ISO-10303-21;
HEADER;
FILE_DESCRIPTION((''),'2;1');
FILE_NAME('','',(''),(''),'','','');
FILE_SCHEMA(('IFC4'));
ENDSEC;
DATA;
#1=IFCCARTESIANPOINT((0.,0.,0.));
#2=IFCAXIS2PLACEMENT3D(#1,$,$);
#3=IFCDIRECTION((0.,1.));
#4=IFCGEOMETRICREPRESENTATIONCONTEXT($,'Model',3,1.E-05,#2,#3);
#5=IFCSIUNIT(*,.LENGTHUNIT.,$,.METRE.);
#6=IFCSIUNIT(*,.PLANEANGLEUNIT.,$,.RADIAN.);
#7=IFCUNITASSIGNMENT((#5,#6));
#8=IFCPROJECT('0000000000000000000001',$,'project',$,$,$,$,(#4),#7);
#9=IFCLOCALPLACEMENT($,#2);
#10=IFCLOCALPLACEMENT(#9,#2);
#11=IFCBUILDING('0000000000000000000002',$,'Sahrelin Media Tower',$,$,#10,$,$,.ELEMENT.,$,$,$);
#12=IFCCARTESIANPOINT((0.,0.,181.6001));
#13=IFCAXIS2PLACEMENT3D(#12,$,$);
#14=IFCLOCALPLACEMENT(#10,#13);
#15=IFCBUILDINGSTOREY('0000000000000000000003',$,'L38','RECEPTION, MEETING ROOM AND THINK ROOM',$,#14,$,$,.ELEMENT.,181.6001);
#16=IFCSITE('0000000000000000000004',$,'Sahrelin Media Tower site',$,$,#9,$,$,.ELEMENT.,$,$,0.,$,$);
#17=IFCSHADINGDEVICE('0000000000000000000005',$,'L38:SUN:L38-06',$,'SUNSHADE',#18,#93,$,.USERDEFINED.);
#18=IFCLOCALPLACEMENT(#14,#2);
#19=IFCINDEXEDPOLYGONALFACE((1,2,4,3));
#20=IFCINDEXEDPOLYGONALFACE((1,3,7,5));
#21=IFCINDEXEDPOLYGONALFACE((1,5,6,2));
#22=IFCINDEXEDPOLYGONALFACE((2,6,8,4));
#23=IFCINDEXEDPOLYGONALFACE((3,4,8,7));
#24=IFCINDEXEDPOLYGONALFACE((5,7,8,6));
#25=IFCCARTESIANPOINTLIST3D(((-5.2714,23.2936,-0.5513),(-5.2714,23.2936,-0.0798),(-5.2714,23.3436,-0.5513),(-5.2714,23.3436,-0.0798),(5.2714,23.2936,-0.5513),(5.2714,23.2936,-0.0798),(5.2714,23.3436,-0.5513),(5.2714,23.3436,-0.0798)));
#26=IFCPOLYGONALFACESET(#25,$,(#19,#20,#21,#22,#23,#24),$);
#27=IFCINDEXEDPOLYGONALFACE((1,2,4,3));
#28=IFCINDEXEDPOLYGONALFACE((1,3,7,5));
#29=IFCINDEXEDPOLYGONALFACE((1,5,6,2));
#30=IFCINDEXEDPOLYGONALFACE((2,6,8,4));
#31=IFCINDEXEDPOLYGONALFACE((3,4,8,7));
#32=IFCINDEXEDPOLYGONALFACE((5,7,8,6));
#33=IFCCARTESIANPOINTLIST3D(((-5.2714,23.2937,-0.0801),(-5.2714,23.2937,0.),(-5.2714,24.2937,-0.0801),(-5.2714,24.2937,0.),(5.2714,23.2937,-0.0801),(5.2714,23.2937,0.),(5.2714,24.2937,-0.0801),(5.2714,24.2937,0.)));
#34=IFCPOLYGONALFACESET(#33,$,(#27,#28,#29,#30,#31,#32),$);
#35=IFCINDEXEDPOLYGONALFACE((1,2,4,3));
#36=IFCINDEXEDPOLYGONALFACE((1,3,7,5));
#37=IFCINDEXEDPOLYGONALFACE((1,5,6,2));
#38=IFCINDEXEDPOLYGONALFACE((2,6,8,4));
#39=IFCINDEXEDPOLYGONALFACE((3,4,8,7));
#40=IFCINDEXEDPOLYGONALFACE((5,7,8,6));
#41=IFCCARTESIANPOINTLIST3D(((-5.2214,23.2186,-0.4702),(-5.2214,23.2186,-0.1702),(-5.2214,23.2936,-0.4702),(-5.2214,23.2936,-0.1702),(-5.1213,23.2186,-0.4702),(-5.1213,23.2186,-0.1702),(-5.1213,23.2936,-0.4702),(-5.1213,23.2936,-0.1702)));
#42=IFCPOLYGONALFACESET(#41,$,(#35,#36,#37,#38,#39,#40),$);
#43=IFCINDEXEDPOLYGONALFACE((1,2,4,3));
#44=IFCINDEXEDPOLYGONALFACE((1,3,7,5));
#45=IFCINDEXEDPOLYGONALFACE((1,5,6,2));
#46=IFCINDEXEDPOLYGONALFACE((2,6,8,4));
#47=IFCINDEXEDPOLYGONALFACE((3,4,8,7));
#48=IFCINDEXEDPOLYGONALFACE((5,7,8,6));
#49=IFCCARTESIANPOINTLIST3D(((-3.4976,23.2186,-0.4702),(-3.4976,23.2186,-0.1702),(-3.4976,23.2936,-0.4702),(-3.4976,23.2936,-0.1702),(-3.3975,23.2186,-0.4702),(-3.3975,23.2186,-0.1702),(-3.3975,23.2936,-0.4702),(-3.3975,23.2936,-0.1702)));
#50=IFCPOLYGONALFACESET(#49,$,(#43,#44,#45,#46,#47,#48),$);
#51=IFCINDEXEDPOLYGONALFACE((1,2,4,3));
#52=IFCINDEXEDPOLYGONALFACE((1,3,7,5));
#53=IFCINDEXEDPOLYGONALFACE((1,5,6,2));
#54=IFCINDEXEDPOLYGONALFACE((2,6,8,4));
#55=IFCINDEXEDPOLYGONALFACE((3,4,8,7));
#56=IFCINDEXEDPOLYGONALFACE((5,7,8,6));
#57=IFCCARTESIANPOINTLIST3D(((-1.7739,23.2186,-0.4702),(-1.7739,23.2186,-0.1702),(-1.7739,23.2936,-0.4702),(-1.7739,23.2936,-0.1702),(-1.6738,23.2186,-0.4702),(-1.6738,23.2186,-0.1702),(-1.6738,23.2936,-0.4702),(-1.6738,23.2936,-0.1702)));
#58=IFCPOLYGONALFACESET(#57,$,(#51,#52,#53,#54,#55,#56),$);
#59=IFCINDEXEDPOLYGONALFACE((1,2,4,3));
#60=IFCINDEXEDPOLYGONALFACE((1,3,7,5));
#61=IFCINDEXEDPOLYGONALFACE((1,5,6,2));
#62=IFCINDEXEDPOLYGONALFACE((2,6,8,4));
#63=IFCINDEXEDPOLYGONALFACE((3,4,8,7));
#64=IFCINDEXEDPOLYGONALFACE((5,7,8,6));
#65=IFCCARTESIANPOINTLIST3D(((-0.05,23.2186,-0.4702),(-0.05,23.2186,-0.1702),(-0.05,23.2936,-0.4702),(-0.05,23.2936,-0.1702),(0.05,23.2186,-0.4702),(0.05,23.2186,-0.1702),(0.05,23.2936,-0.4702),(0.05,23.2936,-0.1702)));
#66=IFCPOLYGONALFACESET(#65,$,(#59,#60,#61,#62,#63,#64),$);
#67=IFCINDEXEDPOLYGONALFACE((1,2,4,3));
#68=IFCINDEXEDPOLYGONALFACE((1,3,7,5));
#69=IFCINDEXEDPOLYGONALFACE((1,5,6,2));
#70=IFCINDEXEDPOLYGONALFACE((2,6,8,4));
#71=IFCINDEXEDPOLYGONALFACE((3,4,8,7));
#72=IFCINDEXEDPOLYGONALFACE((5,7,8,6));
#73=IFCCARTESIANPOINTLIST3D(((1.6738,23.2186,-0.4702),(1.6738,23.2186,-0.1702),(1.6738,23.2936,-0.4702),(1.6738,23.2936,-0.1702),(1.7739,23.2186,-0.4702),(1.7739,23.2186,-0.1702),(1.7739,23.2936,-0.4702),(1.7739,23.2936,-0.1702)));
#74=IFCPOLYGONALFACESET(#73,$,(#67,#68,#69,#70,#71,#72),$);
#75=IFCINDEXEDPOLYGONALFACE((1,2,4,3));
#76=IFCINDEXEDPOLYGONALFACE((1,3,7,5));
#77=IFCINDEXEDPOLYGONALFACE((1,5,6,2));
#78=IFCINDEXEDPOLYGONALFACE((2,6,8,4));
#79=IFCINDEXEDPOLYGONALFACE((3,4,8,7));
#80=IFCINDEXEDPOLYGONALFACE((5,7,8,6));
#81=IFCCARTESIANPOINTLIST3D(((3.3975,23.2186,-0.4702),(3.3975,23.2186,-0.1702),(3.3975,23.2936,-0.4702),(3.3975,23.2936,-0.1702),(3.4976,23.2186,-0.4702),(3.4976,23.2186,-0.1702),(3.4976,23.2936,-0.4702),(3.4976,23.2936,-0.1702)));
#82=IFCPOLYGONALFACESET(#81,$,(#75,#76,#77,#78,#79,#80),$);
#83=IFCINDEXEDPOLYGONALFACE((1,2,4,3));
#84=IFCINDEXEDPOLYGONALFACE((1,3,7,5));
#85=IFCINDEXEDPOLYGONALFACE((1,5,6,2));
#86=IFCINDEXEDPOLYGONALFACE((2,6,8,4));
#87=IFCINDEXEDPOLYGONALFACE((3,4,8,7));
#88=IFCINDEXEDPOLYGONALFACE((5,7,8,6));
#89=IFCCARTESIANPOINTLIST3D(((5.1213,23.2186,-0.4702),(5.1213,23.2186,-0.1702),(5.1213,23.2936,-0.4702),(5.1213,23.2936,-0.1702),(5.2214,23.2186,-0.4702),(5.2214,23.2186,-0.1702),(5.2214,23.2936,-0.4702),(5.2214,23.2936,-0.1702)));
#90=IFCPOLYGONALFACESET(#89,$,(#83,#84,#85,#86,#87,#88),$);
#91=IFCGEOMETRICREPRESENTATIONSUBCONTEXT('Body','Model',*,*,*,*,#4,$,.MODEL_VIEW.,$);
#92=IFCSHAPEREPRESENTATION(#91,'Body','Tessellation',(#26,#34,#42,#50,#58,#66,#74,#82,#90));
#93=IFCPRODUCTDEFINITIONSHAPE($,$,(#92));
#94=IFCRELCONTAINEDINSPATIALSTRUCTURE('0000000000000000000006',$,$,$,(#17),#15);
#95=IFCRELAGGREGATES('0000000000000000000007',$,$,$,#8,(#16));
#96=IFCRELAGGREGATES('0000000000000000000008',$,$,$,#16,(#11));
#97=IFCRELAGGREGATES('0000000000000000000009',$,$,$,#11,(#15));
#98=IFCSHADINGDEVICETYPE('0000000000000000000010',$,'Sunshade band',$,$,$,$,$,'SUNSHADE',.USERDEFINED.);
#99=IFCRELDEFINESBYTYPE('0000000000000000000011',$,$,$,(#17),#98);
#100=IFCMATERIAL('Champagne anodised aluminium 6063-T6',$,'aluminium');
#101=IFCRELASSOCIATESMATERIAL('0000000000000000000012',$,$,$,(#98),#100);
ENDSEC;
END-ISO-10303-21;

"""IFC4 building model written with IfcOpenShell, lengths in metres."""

from ifc_helpers import new_model, si_unit, direction, frame, origin, origin_2d, place, context, subcontext, project, spatial, rectangle, extrude, material, type_object, element, save


model = new_model("IFC4")

# Units and contexts
model_context = context("Model", 3, precision=1e-05, world=origin(), true_north=direction((0.0, 1.0)))
body_context = subcontext(model_context, "Body", "Model", "MODEL_VIEW")
ifc_project = project(units=[si_unit("LENGTHUNIT", "METRE"), si_unit("PLANEANGLEUNIT", "RADIAN")], contexts=[model_context])

# Site, building, storey
site_placement = place(None, origin())
site = spatial("IfcSite", under=ifc_project, at=site_placement, Name="Sahrelin Media Tower site", CompositionType="ELEMENT", RefElevation=0.0)
building_placement = place(site_placement, origin())
building = spatial("IfcBuilding", under=site, at=building_placement, Name="Sahrelin Media Tower", CompositionType="ELEMENT")
storey_placement = place(building_placement, frame((0.0, 0.0, 181.6001)))
storey = spatial("IfcBuildingStorey", under=building, at=storey_placement, Name="L38", Description="RECEPTION, MEETING ROOM AND THINK ROOM", CompositionType="ELEMENT", Elevation=181.6001)

# Shared definitions
ifc_material_1 = material(Name="Champagne anodised aluminium 6063-T6", Category="aluminium")
placement_1 = place(storey_placement, frame((0.0, 23.2737, 0.0), z_axis=(0.0, 0.0, 1.0), x_axis=(1.0, 0.0, 0.0)))

# Shading device
shading_device_type_1 = type_object("IfcShadingDeviceType", Name="Sunshade band", ElementType="SUNSHADE", PredefinedType="USERDEFINED", material=ifc_material_1)
element("IfcShadingDevice", 1, at=placement_1, inside=storey, type_object=shading_device_type_1, Name="L38:SUN:L38-06", ObjectType="SUNSHADE", PredefinedType="USERDEFINED", context=body_context, shape_type="SweptSolid", body=[
    extrude(rectangle(XDim=10.5427, YDim=0.05, at=origin_2d()), frame((0.0, 0.0449, -0.5513)), (0.0, 0.0, 1.0), 0.4714),
    extrude(rectangle(XDim=10.5427, YDim=1.0, at=origin_2d()), frame((0.0, 0.52, -0.0801)), (0.0, 0.0, 1.0), 0.0801),
    extrude(rectangle(XDim=0.1001, YDim=0.075, at=origin_2d()), frame((-5.1714, -0.0176, -0.4702)), (0.0, 0.0, 1.0), 0.3),
    extrude(rectangle(XDim=0.1001, YDim=0.075, at=origin_2d()), frame((-3.4475, -0.0176, -0.4702)), (0.0, 0.0, 1.0), 0.3),
    extrude(rectangle(XDim=0.1001, YDim=0.075, at=origin_2d()), frame((-1.7239, -0.0176, -0.4702)), (0.0, 0.0, 1.0), 0.3),
    extrude(rectangle(XDim=0.1001, YDim=0.075, at=origin_2d()), frame((0.0, -0.0176, -0.4702)), (0.0, 0.0, 1.0), 0.3),
    extrude(rectangle(XDim=0.1001, YDim=0.075, at=origin_2d()), frame((1.7239, -0.0176, -0.4702)), (0.0, 0.0, 1.0), 0.3),
    extrude(rectangle(XDim=0.1001, YDim=0.075, at=origin_2d()), frame((3.4475, -0.0176, -0.4702)), (0.0, 0.0, 1.0), 0.3),
    extrude(rectangle(XDim=0.1001, YDim=0.075, at=origin_2d()), frame((5.1714, -0.0176, -0.4702)), (0.0, 0.0, 1.0), 0.3),
])

save(model, "model.ifc")
